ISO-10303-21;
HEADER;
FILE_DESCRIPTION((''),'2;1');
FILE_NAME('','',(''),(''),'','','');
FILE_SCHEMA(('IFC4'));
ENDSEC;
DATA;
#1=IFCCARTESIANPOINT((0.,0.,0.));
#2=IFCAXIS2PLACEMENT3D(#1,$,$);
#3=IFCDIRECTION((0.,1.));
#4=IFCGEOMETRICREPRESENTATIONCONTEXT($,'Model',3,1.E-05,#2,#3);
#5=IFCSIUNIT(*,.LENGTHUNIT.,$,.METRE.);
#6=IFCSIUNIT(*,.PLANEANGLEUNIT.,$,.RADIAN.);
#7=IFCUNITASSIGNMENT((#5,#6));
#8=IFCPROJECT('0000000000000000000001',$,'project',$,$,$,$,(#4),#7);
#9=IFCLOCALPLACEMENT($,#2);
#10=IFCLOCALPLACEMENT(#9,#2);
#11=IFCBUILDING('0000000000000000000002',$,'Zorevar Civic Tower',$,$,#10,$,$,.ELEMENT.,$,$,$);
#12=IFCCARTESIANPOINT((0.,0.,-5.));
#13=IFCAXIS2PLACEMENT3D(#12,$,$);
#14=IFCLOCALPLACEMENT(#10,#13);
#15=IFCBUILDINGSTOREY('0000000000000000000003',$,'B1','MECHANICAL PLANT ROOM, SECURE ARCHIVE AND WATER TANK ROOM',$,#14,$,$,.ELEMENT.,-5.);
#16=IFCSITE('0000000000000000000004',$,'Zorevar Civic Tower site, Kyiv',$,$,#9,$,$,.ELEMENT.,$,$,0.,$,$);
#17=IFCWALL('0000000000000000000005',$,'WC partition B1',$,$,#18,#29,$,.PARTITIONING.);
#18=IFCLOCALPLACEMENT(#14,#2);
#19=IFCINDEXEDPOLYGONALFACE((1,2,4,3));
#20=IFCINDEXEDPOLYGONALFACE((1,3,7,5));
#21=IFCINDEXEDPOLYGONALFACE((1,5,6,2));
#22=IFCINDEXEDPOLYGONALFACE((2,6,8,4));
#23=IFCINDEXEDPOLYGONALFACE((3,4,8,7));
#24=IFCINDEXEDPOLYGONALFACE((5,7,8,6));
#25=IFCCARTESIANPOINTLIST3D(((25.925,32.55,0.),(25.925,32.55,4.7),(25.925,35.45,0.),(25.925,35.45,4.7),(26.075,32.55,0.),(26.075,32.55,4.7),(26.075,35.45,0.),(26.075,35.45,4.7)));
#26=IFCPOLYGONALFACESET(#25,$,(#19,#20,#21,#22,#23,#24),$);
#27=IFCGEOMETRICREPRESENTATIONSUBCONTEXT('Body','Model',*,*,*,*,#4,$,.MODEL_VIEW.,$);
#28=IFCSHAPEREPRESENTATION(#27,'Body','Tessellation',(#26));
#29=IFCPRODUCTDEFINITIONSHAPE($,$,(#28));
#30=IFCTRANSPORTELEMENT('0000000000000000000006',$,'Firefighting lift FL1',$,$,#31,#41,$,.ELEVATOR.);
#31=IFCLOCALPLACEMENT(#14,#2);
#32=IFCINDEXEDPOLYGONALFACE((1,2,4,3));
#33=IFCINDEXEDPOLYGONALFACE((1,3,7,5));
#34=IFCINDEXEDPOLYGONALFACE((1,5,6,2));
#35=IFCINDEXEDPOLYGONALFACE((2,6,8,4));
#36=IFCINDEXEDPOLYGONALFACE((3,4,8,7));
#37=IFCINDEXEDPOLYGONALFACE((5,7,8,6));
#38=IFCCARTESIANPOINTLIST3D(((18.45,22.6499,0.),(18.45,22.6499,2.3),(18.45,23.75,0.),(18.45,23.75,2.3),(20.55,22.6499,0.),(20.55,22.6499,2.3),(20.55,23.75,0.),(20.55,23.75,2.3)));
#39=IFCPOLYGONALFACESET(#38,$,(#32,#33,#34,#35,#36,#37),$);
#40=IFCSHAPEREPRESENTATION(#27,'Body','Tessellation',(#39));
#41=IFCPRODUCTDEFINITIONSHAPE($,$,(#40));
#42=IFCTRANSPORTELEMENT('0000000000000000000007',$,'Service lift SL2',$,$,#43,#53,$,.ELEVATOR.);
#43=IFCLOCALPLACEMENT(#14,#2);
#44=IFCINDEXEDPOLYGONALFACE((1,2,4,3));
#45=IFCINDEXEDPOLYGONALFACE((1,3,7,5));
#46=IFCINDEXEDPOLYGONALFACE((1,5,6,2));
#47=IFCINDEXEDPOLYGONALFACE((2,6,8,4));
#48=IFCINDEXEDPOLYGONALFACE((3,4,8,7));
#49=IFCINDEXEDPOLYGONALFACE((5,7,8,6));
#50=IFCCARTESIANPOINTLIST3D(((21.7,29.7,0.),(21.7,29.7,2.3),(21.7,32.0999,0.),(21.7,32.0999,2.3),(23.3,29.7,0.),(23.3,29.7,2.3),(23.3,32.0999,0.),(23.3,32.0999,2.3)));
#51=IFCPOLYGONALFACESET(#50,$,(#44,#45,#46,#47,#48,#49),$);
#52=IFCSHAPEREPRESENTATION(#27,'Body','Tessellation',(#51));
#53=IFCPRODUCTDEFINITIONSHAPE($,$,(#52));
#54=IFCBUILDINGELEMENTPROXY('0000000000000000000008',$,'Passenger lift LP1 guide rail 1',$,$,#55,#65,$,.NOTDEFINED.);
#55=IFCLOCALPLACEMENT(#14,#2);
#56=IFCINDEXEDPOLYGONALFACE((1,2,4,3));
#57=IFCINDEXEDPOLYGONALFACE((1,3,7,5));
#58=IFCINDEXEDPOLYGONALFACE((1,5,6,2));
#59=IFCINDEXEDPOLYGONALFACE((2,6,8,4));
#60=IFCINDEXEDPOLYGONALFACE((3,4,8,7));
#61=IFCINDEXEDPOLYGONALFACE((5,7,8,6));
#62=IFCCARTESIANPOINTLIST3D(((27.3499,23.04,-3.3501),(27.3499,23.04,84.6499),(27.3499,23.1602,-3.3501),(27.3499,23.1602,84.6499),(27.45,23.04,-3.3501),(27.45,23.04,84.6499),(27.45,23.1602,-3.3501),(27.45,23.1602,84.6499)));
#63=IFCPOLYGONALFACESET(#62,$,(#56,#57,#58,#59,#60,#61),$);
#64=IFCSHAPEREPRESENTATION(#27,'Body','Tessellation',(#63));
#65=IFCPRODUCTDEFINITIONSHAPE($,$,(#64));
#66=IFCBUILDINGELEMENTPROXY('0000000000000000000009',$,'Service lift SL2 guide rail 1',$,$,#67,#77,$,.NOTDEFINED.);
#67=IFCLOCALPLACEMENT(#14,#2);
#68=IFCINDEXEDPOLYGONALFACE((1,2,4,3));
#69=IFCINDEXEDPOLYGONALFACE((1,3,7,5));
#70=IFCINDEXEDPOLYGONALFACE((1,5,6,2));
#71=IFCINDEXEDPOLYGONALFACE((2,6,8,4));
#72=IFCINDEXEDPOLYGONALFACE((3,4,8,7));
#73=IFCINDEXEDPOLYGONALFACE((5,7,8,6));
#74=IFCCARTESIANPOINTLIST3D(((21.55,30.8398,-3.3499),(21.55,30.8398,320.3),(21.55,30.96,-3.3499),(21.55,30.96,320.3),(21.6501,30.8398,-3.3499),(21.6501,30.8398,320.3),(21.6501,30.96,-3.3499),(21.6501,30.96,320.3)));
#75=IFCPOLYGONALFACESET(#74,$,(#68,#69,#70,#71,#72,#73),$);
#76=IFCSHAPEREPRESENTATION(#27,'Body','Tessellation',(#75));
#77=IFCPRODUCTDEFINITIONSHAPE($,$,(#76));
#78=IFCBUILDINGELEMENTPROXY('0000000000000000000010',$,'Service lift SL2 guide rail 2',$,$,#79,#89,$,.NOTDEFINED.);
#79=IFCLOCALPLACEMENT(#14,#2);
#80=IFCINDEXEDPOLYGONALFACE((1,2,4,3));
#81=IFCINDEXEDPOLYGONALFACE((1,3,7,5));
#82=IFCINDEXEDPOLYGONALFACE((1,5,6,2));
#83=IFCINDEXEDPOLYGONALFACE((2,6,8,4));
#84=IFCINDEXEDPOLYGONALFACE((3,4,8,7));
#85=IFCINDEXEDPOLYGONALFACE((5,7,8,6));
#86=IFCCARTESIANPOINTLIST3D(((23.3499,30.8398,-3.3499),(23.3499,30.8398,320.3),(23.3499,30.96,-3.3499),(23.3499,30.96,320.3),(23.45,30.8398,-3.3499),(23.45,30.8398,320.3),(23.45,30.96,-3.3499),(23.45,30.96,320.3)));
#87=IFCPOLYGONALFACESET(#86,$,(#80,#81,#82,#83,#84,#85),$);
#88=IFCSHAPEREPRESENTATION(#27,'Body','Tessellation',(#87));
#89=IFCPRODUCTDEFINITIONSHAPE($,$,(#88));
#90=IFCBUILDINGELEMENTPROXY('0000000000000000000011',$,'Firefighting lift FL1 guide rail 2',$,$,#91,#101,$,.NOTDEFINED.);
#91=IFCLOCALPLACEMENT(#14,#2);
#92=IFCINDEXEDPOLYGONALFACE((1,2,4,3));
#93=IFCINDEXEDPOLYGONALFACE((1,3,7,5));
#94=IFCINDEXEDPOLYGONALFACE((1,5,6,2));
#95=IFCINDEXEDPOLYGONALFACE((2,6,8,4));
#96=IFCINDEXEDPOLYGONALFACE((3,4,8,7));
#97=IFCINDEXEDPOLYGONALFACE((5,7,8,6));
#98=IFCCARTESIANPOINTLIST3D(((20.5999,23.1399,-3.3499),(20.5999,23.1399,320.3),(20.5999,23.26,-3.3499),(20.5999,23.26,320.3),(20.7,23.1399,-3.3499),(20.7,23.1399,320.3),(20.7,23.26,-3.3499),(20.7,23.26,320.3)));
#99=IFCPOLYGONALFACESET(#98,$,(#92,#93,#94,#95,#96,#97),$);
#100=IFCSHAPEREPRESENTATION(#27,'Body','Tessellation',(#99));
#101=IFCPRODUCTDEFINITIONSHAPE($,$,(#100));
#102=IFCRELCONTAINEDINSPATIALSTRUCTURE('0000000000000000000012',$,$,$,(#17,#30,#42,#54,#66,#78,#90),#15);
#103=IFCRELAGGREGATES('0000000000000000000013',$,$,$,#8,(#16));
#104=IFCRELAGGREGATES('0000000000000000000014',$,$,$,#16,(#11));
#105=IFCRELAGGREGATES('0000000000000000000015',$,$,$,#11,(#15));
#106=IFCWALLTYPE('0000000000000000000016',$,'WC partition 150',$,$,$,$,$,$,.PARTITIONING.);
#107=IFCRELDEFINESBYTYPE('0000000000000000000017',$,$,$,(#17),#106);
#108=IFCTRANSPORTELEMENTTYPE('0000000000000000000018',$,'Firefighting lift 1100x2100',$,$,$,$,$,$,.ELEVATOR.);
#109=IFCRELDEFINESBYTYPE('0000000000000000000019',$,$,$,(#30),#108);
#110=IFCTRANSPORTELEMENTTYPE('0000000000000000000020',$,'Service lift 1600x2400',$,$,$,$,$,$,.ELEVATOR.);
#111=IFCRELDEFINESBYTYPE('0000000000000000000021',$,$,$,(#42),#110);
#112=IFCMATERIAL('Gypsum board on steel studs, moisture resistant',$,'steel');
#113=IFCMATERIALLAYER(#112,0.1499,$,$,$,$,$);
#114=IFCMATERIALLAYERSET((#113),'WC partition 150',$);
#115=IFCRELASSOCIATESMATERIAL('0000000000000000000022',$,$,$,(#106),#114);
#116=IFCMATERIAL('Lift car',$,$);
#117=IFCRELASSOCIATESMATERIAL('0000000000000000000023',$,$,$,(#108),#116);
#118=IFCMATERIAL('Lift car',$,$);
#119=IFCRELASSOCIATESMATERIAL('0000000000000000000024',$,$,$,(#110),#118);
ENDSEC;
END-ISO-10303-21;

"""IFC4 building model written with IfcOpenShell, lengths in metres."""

from ifc_helpers import new_model, si_unit, direction, frame, frame_2d, origin, origin_2d, place, context, subcontext, project, spatial, rectangle, extrude, material, layer, layer_set, type_object, element, save


model = new_model("IFC4")

# Units and contexts
model_context = context("Model", 3, precision=1e-05, world=origin(), true_north=direction((0.0, 1.0)))
body_context = subcontext(model_context, "Body", "Model", "MODEL_VIEW")
ifc_project = project(units=[si_unit("LENGTHUNIT", "METRE"), si_unit("PLANEANGLEUNIT", "RADIAN")], contexts=[model_context])

# Site, building, storey
site_placement = place(None, origin())
site = spatial("IfcSite", under=ifc_project, at=site_placement, Name="Zorevar Civic Tower site, Kyiv", CompositionType="ELEMENT", RefElevation=0.0)
building_placement = place(site_placement, origin())
building = spatial("IfcBuilding", under=site, at=building_placement, Name="Zorevar Civic Tower", CompositionType="ELEMENT")
storey_placement = place(building_placement, frame((0.0, 0.0, -5.0)))
storey = spatial("IfcBuildingStorey", under=building, at=storey_placement, Name="B1", Description="MECHANICAL PLANT ROOM, SECURE ARCHIVE AND WATER TANK ROOM", CompositionType="ELEMENT", Elevation=-5.0)

# Wall
ifc_material_1 = material(Name="Gypsum board on steel studs, moisture resistant", Category="steel")
ifc_layer_1 = layer(ifc_material_1, 0.1499)
ifc_layer_set_1 = layer_set([ifc_layer_1], Name="WC partition 150")
wall_type_1 = type_object("IfcWallType", Name="WC partition 150", PredefinedType="PARTITIONING", material=ifc_layer_set_1)
wall_1_placement = place(storey_placement, frame((26.0, 32.55, 0.0), z_axis=(0.0, 0.0, 1.0), x_axis=(0.0, 1.0, 0.0)))
element("IfcWall", 1, at=wall_1_placement, inside=storey, type_object=wall_type_1, Name="WC partition B1", PredefinedType="PARTITIONING", context=body_context, shape_type="SweptSolid", body=[
    extrude(rectangle(XDim=2.8999, YDim=0.1499, at=frame_2d((1.45, 0.0))), origin(), (0.0, 0.0, 1.0), 4.7),
])

# Transport elements
ifc_material_2 = material(Name="Lift car")
transport_element_type_1 = type_object("IfcTransportElementType", Name="Firefighting lift 1100x2100", PredefinedType="ELEVATOR", material=ifc_material_2)
transport_element_1_placement = place(storey_placement, frame((19.5, 23.2, 0.0), z_axis=(0.0, 0.0, 1.0), x_axis=(1.0, 0.0, 0.0)))
element("IfcTransportElement", 2, at=transport_element_1_placement, inside=storey, type_object=transport_element_type_1, Name="Firefighting lift FL1", PredefinedType="ELEVATOR", context=body_context, shape_type="SweptSolid", body=[
    extrude(rectangle(XDim=2.1001, YDim=1.1001, at=origin_2d()), origin(), (0.0, 0.0, 1.0), 2.3),
])
ifc_material_3 = material(Name="Lift car")
transport_element_type_2 = type_object("IfcTransportElementType", Name="Service lift 1600x2400", PredefinedType="ELEVATOR", material=ifc_material_3)
transport_element_2_placement = place(storey_placement, frame((22.5, 30.8999, 0.0), z_axis=(0.0, 0.0, 1.0), x_axis=(1.0, 0.0, 0.0)))
element("IfcTransportElement", 3, at=transport_element_2_placement, inside=storey, type_object=transport_element_type_2, Name="Service lift SL2", PredefinedType="ELEVATOR", context=body_context, shape_type="SweptSolid", body=[
    extrude(rectangle(XDim=1.6001, YDim=2.3999, at=origin_2d()), origin(), (0.0, 0.0, 1.0), 2.3),
])

# Building element proxies
proxy_placement = place(storey_placement, frame((27.3999, 23.1001, -3.3501), z_axis=(0.0, 0.0, 1.0), x_axis=(1.0, 0.0, 0.0)))
element("IfcBuildingElementProxy", 4, at=proxy_placement, inside=storey, Name="Passenger lift LP1 guide rail 1", PredefinedType="NOTDEFINED", context=body_context, shape_type="SweptSolid", body=[
    extrude(rectangle(XDim=0.1001, YDim=0.1201, at=origin_2d()), origin(), (0.0, 0.0, 1.0), 88.0),
])
for number, where, z_axis, x_axis, name in (
    (5, (21.6001, 30.8999, -3.3499), (0.0, 0.0, 1.0), (1.0, 0.0, 0.0), "Service lift SL2 guide rail 1"),
    (6, (23.3999, 30.8999, -3.3499), (0.0, 0.0, 1.0), (1.0, 0.0, 0.0), "Service lift SL2 guide rail 2"),
    (7, (20.6499, 23.2, -3.3499), (0.0, 0.0, 1.0), (1.0, 0.0, 0.0), "Firefighting lift FL1 guide rail 2"),
):
    element("IfcBuildingElementProxy", number, at=place(storey_placement, frame(where, z_axis=z_axis, x_axis=x_axis)), inside=storey, Name=name, PredefinedType="NOTDEFINED", context=body_context, shape_type="SweptSolid", body=[
        extrude(rectangle(XDim=0.1001, YDim=0.1201, at=origin_2d()), origin(), (0.0, 0.0, 1.0), 323.6499),
    ])

save(model, "model.ifc")
